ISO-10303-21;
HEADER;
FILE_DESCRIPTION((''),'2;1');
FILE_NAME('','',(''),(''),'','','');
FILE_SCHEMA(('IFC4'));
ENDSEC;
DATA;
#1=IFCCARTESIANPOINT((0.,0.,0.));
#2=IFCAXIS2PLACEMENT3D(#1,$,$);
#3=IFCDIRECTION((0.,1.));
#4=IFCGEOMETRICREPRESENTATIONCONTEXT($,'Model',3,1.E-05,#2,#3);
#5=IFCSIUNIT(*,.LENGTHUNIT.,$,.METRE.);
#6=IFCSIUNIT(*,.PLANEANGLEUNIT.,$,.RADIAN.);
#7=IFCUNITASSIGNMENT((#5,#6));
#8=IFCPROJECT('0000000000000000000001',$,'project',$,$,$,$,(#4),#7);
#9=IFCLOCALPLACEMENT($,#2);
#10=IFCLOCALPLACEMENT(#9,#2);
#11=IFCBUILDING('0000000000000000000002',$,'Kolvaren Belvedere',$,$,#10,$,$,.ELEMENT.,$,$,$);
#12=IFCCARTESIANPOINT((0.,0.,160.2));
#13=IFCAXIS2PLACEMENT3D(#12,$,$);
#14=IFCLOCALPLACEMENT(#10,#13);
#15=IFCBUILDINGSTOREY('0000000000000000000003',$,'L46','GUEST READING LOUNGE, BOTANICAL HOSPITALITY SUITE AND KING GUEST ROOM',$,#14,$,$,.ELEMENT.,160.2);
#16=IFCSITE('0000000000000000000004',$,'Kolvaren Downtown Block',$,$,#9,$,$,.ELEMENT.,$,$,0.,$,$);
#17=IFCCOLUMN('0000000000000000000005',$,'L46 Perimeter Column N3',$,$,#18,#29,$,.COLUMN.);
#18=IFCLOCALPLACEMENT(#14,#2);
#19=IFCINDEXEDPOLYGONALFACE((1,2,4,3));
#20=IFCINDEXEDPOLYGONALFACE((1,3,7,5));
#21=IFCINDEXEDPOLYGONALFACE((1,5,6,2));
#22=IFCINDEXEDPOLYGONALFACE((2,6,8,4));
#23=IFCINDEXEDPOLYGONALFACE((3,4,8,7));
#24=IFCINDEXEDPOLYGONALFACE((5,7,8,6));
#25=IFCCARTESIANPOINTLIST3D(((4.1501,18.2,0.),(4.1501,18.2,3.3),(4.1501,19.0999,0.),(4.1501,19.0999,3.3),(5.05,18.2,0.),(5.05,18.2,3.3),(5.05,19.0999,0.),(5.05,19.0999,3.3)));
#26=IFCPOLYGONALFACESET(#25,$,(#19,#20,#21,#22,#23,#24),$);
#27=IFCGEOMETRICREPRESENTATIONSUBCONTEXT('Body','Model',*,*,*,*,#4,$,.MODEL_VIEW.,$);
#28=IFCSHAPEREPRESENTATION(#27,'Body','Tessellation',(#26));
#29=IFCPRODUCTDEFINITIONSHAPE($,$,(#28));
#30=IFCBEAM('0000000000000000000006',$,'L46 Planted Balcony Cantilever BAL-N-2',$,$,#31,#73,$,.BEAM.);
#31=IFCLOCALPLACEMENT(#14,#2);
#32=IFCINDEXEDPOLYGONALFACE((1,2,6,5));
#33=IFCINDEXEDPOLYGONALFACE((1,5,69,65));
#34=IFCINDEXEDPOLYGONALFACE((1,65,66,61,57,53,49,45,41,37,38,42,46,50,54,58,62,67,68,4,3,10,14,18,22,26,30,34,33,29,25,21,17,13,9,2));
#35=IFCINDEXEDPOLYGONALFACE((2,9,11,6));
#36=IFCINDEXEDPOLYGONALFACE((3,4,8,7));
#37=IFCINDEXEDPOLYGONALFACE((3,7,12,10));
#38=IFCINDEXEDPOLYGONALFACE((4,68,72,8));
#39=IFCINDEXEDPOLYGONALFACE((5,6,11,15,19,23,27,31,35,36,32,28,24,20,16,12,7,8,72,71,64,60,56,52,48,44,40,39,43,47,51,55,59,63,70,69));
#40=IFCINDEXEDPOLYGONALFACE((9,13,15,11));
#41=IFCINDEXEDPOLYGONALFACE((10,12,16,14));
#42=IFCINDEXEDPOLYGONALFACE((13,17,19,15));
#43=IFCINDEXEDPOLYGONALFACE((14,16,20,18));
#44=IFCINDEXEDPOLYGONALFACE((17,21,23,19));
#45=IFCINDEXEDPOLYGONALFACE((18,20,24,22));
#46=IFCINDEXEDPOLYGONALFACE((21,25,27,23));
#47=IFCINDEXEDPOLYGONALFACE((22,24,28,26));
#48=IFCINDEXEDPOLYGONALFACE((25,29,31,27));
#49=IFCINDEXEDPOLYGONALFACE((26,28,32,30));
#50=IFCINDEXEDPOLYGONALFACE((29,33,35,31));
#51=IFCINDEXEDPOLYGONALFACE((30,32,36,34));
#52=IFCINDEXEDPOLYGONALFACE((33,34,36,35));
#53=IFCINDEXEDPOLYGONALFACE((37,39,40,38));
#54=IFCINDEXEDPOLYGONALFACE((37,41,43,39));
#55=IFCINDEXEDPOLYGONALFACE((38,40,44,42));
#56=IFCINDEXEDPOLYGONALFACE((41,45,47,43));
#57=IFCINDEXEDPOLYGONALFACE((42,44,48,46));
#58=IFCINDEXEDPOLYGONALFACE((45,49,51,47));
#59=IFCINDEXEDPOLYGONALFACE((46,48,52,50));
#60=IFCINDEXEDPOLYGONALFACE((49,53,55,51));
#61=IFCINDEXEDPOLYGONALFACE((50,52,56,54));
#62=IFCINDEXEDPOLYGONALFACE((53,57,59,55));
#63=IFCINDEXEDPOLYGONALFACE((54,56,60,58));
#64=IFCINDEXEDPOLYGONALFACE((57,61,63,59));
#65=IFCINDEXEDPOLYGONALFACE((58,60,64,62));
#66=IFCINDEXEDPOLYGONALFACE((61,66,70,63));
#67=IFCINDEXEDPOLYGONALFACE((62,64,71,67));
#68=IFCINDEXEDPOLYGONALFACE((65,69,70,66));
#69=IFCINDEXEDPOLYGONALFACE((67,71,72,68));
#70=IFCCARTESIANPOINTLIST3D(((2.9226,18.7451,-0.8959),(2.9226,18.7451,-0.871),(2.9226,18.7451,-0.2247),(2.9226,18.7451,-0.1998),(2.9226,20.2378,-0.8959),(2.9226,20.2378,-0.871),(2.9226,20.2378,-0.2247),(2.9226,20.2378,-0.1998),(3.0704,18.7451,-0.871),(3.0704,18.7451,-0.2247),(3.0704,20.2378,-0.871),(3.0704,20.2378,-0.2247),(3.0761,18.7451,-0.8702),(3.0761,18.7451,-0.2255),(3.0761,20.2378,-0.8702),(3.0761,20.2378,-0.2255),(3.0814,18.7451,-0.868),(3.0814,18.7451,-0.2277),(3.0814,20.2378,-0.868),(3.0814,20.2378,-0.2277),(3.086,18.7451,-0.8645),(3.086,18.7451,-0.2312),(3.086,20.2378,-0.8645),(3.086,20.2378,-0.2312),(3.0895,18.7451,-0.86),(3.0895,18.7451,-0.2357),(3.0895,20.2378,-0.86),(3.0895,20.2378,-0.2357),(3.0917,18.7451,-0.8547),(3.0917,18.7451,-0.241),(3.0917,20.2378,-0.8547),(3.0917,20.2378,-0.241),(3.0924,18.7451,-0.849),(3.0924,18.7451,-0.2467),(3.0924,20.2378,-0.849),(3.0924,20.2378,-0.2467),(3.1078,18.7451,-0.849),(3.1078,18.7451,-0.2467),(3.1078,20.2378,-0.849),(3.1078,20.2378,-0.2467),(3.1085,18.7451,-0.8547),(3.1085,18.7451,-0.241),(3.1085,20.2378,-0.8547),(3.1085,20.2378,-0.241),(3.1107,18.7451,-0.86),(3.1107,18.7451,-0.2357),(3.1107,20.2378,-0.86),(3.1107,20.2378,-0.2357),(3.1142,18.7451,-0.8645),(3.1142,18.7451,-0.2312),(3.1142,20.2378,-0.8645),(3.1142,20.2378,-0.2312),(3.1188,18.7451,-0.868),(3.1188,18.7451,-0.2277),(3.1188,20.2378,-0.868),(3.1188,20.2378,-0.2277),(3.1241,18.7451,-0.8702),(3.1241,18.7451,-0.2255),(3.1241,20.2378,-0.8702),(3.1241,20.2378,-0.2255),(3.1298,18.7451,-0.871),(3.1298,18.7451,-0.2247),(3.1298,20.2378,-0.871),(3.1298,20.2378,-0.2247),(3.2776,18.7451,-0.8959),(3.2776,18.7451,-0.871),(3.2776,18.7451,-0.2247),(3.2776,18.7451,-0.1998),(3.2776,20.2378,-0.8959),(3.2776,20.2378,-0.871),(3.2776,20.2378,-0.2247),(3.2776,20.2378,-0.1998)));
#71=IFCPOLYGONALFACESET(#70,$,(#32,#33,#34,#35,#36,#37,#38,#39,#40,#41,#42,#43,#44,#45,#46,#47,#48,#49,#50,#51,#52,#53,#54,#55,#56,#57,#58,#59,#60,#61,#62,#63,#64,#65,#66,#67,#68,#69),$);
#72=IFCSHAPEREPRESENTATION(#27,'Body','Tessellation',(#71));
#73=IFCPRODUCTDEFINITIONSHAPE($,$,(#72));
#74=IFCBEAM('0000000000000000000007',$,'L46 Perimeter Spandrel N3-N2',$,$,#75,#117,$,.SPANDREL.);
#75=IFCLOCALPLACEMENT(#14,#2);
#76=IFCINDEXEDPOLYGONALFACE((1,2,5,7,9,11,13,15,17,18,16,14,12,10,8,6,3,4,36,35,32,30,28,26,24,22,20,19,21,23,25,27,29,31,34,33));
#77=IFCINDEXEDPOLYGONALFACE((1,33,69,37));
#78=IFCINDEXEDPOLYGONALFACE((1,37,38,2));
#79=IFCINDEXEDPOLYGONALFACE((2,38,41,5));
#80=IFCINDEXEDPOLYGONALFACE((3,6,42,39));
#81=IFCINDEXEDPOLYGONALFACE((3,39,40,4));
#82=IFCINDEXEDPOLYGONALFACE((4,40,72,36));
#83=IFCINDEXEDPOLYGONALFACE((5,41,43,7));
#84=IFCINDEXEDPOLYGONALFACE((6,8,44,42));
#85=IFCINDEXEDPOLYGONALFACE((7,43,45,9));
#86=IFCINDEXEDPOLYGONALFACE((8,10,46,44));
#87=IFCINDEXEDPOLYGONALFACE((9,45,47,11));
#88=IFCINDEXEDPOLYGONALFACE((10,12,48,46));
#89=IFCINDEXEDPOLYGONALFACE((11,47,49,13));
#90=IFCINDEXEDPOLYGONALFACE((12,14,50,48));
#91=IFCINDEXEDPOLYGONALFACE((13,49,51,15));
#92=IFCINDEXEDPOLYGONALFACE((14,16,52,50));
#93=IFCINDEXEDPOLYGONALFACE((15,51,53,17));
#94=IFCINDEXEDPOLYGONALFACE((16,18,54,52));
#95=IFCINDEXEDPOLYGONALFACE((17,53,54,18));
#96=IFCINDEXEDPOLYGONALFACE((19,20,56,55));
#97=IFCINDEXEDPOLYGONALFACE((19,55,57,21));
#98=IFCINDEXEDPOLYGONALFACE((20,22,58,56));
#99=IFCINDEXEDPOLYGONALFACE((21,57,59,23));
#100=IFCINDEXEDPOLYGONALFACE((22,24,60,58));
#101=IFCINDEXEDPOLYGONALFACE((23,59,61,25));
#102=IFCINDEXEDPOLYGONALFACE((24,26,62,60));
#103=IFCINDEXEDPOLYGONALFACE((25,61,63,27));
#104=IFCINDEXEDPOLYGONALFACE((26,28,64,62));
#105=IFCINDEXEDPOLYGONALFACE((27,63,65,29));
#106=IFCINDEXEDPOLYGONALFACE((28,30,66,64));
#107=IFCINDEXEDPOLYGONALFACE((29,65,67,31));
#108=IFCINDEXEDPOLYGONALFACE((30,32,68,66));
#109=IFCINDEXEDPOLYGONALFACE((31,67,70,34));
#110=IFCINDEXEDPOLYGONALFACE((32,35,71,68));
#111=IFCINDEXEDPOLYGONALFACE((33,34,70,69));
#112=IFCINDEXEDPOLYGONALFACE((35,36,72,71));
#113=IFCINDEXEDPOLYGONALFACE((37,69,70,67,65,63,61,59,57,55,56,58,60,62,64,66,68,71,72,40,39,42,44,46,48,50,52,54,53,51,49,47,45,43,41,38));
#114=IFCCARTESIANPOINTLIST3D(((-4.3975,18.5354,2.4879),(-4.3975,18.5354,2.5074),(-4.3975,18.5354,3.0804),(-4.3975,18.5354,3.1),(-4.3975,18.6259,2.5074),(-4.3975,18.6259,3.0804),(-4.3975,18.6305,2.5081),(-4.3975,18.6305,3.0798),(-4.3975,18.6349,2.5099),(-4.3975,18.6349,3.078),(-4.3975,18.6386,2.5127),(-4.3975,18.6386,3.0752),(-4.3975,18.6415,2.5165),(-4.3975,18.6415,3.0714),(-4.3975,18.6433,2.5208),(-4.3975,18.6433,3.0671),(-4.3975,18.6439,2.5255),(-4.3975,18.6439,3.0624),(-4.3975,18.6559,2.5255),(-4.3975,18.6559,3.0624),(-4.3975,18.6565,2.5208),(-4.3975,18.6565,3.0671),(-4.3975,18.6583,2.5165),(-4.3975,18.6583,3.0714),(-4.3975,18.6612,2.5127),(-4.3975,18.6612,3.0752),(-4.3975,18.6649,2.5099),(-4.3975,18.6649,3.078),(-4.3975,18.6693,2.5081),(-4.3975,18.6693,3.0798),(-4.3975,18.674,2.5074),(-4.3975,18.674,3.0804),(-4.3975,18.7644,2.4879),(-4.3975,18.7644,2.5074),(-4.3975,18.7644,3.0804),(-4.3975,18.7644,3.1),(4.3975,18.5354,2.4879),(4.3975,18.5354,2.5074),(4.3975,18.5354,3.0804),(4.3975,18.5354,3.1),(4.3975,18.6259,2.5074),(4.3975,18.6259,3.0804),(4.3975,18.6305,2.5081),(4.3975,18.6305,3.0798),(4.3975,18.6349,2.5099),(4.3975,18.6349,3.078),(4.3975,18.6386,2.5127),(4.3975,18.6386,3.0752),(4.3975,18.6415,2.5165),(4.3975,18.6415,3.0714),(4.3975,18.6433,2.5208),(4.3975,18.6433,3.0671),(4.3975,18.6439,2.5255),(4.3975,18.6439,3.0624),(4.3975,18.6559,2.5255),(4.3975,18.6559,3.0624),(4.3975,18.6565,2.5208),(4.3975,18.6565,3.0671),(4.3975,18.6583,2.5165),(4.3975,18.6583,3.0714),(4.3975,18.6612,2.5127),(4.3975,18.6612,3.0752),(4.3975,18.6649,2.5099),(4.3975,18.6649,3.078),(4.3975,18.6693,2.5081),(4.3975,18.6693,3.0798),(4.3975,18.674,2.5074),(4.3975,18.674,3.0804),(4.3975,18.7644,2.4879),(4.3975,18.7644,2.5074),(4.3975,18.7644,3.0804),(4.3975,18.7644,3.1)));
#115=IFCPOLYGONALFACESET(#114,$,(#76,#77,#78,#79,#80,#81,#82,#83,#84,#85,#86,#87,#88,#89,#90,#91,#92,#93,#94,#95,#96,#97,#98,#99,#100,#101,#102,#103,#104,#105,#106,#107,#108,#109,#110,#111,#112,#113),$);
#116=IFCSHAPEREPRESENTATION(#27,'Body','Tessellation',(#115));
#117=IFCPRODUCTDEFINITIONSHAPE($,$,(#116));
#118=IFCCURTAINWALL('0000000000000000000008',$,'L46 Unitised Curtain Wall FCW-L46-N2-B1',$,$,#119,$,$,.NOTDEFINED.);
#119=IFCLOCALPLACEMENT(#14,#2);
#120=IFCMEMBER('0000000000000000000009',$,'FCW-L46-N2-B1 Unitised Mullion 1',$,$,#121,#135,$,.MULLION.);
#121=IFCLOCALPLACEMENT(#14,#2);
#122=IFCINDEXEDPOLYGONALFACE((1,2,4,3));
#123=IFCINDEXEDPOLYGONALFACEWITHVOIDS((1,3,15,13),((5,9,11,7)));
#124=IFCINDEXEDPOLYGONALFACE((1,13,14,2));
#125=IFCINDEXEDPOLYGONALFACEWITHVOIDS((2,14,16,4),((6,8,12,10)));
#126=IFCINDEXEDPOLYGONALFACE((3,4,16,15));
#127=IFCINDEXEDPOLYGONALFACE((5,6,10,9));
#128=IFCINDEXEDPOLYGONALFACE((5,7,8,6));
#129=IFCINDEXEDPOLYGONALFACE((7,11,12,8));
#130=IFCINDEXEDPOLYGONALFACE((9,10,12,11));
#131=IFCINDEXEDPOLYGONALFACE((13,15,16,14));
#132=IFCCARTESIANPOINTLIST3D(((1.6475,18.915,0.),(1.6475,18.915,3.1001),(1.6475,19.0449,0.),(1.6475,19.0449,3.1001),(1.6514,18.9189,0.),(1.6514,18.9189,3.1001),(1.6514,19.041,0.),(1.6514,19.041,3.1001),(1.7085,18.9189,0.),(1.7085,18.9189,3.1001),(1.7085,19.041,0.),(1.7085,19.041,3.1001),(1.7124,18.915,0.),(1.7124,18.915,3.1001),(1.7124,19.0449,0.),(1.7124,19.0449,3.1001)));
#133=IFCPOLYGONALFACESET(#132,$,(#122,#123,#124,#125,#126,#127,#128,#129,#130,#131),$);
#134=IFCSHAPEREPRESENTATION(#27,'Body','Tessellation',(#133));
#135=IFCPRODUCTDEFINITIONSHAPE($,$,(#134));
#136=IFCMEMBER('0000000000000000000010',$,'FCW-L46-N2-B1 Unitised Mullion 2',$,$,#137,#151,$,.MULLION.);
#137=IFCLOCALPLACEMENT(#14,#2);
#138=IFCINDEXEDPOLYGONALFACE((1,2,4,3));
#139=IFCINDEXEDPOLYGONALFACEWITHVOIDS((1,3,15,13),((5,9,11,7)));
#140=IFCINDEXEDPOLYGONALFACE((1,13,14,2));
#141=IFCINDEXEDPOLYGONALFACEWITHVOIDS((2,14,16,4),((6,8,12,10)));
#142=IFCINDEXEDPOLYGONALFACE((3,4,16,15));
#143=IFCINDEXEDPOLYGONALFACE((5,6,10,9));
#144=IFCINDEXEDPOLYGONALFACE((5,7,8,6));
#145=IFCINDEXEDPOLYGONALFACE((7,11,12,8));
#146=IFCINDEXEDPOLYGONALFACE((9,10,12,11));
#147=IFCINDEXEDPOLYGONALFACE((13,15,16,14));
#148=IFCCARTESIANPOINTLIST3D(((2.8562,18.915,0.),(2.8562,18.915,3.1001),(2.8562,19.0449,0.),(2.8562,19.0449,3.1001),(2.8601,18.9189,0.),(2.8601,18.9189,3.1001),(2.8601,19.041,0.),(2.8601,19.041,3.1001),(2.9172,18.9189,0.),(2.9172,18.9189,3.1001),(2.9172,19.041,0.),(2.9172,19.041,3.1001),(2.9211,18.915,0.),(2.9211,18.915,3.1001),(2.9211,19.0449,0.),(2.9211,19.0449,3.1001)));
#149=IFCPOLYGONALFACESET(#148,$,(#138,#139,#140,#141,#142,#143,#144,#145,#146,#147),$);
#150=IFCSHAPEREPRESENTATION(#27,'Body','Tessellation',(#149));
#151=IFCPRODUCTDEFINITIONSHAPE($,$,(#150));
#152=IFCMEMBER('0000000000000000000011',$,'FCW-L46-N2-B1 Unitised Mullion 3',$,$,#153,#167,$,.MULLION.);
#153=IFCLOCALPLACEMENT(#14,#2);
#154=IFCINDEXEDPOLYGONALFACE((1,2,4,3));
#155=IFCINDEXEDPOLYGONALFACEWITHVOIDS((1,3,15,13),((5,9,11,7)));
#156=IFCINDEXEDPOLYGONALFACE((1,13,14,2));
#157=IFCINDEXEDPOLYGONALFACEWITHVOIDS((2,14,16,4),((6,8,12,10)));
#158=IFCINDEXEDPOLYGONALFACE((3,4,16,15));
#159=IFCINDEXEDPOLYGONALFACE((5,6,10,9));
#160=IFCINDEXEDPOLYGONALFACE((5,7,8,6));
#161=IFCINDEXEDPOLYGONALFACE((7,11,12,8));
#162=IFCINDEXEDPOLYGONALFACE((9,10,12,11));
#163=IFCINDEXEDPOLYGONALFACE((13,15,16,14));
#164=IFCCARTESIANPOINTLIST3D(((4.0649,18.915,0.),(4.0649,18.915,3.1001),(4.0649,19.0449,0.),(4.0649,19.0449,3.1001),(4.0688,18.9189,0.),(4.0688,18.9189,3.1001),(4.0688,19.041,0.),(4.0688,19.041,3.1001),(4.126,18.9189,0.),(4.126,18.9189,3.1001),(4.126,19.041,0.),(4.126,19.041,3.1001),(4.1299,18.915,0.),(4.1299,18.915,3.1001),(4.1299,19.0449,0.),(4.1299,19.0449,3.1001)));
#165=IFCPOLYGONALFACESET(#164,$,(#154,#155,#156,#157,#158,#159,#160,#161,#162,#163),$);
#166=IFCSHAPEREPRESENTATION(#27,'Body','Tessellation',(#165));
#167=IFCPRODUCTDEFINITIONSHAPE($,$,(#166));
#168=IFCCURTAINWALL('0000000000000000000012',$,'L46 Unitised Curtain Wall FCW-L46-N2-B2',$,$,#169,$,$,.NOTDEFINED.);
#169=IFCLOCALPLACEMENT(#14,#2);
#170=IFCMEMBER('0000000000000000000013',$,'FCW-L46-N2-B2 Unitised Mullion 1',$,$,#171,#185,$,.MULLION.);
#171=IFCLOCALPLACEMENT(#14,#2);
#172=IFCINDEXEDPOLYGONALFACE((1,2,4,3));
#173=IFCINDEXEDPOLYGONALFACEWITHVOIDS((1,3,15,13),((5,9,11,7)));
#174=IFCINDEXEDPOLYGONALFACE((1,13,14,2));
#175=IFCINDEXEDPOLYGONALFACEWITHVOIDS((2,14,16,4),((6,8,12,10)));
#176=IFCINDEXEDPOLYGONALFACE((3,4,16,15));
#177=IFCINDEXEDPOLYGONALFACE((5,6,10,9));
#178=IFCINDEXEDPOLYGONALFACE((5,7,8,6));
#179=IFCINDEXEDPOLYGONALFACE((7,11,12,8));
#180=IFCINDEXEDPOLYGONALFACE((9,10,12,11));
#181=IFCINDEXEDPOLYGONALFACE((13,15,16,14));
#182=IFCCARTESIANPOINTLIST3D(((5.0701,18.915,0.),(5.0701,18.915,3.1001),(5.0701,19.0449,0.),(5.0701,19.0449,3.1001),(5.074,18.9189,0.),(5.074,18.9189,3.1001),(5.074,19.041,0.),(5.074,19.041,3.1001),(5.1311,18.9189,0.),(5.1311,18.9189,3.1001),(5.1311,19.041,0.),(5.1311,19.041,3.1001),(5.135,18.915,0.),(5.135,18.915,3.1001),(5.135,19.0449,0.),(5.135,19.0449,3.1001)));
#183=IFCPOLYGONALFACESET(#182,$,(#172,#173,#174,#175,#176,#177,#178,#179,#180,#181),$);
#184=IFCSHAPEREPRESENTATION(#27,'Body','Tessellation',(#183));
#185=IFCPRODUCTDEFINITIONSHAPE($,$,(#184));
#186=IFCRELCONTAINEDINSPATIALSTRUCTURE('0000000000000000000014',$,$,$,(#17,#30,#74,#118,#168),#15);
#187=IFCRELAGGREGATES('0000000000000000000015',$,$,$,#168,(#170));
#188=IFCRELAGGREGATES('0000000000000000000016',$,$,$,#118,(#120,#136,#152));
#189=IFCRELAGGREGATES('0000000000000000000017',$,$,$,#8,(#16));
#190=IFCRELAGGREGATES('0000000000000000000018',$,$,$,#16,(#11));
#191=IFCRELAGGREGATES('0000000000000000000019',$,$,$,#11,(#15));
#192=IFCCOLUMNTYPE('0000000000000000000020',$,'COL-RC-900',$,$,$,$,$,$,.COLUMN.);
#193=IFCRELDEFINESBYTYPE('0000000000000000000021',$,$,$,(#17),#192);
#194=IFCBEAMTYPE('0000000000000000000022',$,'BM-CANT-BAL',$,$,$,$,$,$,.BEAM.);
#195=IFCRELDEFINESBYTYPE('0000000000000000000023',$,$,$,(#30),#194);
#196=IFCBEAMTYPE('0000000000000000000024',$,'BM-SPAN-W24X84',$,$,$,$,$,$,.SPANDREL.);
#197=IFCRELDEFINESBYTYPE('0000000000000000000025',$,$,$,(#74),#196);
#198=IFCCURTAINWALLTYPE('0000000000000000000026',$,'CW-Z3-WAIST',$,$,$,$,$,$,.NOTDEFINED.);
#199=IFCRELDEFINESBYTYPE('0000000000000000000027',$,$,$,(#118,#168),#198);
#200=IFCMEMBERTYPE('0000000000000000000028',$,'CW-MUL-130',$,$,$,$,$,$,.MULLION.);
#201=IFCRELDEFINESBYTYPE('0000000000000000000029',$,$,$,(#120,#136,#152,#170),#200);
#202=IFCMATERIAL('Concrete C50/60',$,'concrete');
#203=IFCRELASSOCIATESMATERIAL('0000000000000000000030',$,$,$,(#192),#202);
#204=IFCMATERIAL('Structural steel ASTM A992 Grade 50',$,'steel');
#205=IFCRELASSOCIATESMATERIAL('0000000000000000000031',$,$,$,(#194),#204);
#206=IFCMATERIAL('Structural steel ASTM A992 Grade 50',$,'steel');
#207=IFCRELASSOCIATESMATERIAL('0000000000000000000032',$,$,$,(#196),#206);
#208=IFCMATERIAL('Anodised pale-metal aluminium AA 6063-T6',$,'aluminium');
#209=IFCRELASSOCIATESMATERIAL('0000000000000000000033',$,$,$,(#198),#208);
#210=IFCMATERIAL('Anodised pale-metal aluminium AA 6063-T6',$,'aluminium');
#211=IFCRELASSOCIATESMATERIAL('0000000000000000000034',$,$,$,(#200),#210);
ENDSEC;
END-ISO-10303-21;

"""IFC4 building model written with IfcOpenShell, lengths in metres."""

from ifc_helpers import new_model, si_unit, direction, frame, origin, origin_2d, place, context, subcontext, project, spatial, rectangle, hollow_rectangle, i_section, extrude, material, material_profile, profile_set, type_object, element, aggregate, save


model = new_model("IFC4")

# Units and contexts
model_context = context("Model", 3, precision=1e-05, world=origin(), true_north=direction((0.0, 1.0)))
body_context = subcontext(model_context, "Body", "Model", "MODEL_VIEW")
ifc_project = project(units=[si_unit("LENGTHUNIT", "METRE"), si_unit("PLANEANGLEUNIT", "RADIAN")], contexts=[model_context])

# Site, building, storey
site_placement = place(None, origin())
site = spatial("IfcSite", under=ifc_project, at=site_placement, Name="Kolvaren Downtown Block", CompositionType="ELEMENT", RefElevation=0.0)
building_placement = place(site_placement, origin())
building = spatial("IfcBuilding", under=site, at=building_placement, Name="Kolvaren Belvedere", CompositionType="ELEMENT")
storey_placement = place(building_placement, frame((0.0, 0.0, 160.2)))
storey = spatial("IfcBuildingStorey", under=building, at=storey_placement, Name="L46", Description="GUEST READING LOUNGE, BOTANICAL HOSPITALITY SUITE AND KING GUEST ROOM", CompositionType="ELEMENT", Elevation=160.2)

# Column
ifc_material_1 = material(Name="Concrete C50/60", Category="concrete")
ifc_material_profile_1 = material_profile(ifc_material_1, rectangle(XDim=0.8999, YDim=0.8999, at=origin_2d()), Name="RC 900X900")
ifc_profile_set_1 = profile_set([ifc_material_profile_1], Name="Concrete C50/60")
column_type = type_object("IfcColumnType", Name="COL-RC-900", PredefinedType="COLUMN", material=ifc_profile_set_1)
column_placement = place(storey_placement, frame((4.6001, 18.6499, 0.0), z_axis=(0.0, 0.0, 1.0), x_axis=(1.0, 0.0, 0.0)))
element("IfcColumn", 1, at=column_placement, inside=storey, type_object=column_type, Name="L46 Perimeter Column N3", PredefinedType="COLUMN", context=body_context, shape_type="SweptSolid", body=[
    extrude(rectangle(XDim=0.8999, YDim=0.8999, at=origin_2d()), origin(), (0.0, 0.0, 1.0), 3.3),
])

# Beams
ifc_material_2 = material(Name="Structural steel ASTM A992 Grade 50", Category="steel")
ifc_material_profile_2 = material_profile(ifc_material_2, i_section(OverallWidth=0.355, OverallDepth=0.696, WebThickness=0.0154, FlangeThickness=0.0249, FilletRadius=0.022, at=origin_2d()), Name="W27X146")
ifc_profile_set_2 = profile_set([ifc_material_profile_2], Name="Structural steel ASTM A992 Grade 50")
beam_type_1 = type_object("IfcBeamType", Name="BM-CANT-BAL", PredefinedType="BEAM", material=ifc_profile_set_2)
beam_1_placement = place(storey_placement, frame((3.1001, 18.7451, -0.5479), z_axis=(0.0, 1.0, 0.0), x_axis=(-1.0, 0.0, 0.0)))
element("IfcBeam", 2, at=beam_1_placement, inside=storey, type_object=beam_type_1, Name="L46 Planted Balcony Cantilever BAL-N-2", PredefinedType="BEAM", context=body_context, shape_type="SweptSolid", body=[
    extrude(i_section(OverallWidth=0.355, OverallDepth=0.696, WebThickness=0.0154, FlangeThickness=0.0249, FilletRadius=0.022, at=origin_2d()), origin(), (0.0, 0.0, 1.0), 1.4927),
])
ifc_material_3 = material(Name="Structural steel ASTM A992 Grade 50", Category="steel")
ifc_material_profile_3 = material_profile(ifc_material_3, i_section(OverallWidth=0.229, OverallDepth=0.6121, WebThickness=0.012, FlangeThickness=0.0195, FilletRadius=0.0181, at=origin_2d()), Name="W24X84")
ifc_profile_set_3 = profile_set([ifc_material_profile_3], Name="Structural steel ASTM A992 Grade 50")
beam_type_2 = type_object("IfcBeamType", Name="BM-SPAN-W24X84", PredefinedType="SPANDREL", material=ifc_profile_set_3)
beam_2_placement = place(storey_placement, frame((4.3975, 18.6499, 2.7939), z_axis=(-1.0, 0.0, 0.0), x_axis=(0.0, -1.0, 0.0)))
element("IfcBeam", 3, at=beam_2_placement, inside=storey, type_object=beam_type_2, Name="L46 Perimeter Spandrel N3-N2", PredefinedType="SPANDREL", context=body_context, shape_type="SweptSolid", body=[
    extrude(i_section(OverallWidth=0.229, OverallDepth=0.6121, WebThickness=0.012, FlangeThickness=0.0195, FilletRadius=0.0181, at=origin_2d()), origin(), (0.0, 0.0, 1.0), 8.7949),
])

# Curtain wall, members
ifc_material_4 = material(Name="Anodised pale-metal aluminium AA 6063-T6", Category="aluminium")
curtain_wall_type = type_object("IfcCurtainWallType", Name="CW-Z3-WAIST", PredefinedType="NOTDEFINED", material=ifc_material_4)
curtain_wall_1_placement = place(storey_placement, origin())
curtain_wall_1 = element("IfcCurtainWall", 4, at=curtain_wall_1_placement, inside=storey, type_object=curtain_wall_type, Name="L46 Unitised Curtain Wall FCW-L46-N2-B1", PredefinedType="NOTDEFINED")
ifc_material_5 = material(Name="Anodised pale-metal aluminium AA 6063-T6", Category="aluminium")
ifc_material_profile_4 = material_profile(ifc_material_5, hollow_rectangle(XDim=0.0649, YDim=0.1299, WallThickness=0.0039, at=origin_2d()), Name="ALU-MUL-130X65")
ifc_profile_set_4 = profile_set([ifc_material_profile_4], Name="Anodised pale-metal aluminium AA 6063-T6")
member_type_1 = type_object("IfcMemberType", Name="CW-MUL-130", PredefinedType="MULLION", material=ifc_profile_set_4)
member_1_placement = place(storey_placement, frame((1.6799, 18.98, 0.0), z_axis=(0.0, 0.0, 1.0), x_axis=(1.0, 0.0, 0.0)))
member_1 = element("IfcMember", 5, at=member_1_placement, type_object=member_type_1, Name="FCW-L46-N2-B1 Unitised Mullion 1", PredefinedType="MULLION", context=body_context, shape_type="SweptSolid", body=[
    extrude(hollow_rectangle(XDim=0.0649, YDim=0.1299, WallThickness=0.0039, at=origin_2d()), origin(), (0.0, 0.0, 1.0), 3.1001),
])
member_2_placement = place(storey_placement, frame((2.8887, 18.98, 0.0), z_axis=(0.0, 0.0, 1.0), x_axis=(1.0, 0.0, 0.0)))
member_2 = element("IfcMember", 6, at=member_2_placement, type_object=member_type_1, Name="FCW-L46-N2-B1 Unitised Mullion 2", PredefinedType="MULLION", context=body_context, shape_type="SweptSolid", body=[
    extrude(hollow_rectangle(XDim=0.0649, YDim=0.1299, WallThickness=0.0039, at=origin_2d()), origin(), (0.0, 0.0, 1.0), 3.1001),
])
member_3_placement = place(storey_placement, frame((4.0974, 18.98, 0.0), z_axis=(0.0, 0.0, 1.0), x_axis=(1.0, 0.0, 0.0)))
member_3 = element("IfcMember", 7, at=member_3_placement, type_object=member_type_1, Name="FCW-L46-N2-B1 Unitised Mullion 3", PredefinedType="MULLION", context=body_context, shape_type="SweptSolid", body=[
    extrude(hollow_rectangle(XDim=0.0649, YDim=0.1299, WallThickness=0.0039, at=origin_2d()), origin(), (0.0, 0.0, 1.0), 3.1001),
])

# Curtain wall, member
curtain_wall_2_placement = place(storey_placement, origin())
curtain_wall_2 = element("IfcCurtainWall", 8, at=curtain_wall_2_placement, inside=storey, type_object=curtain_wall_type, Name="L46 Unitised Curtain Wall FCW-L46-N2-B2", PredefinedType="NOTDEFINED")
member_4_placement = place(storey_placement, frame((5.1025, 18.98, 0.0), z_axis=(0.0, 0.0, 1.0), x_axis=(1.0, 0.0, 0.0)))
member_4 = element("IfcMember", 9, at=member_4_placement, type_object=member_type_1, Name="FCW-L46-N2-B2 Unitised Mullion 1", PredefinedType="MULLION", context=body_context, shape_type="SweptSolid", body=[
    extrude(hollow_rectangle(XDim=0.0649, YDim=0.1299, WallThickness=0.0039, at=origin_2d()), origin(), (0.0, 0.0, 1.0), 3.1001),
])

aggregate(curtain_wall_2, [member_4])

aggregate(curtain_wall_1, [member_1, member_2, member_3])

save(model, "model.ifc")
